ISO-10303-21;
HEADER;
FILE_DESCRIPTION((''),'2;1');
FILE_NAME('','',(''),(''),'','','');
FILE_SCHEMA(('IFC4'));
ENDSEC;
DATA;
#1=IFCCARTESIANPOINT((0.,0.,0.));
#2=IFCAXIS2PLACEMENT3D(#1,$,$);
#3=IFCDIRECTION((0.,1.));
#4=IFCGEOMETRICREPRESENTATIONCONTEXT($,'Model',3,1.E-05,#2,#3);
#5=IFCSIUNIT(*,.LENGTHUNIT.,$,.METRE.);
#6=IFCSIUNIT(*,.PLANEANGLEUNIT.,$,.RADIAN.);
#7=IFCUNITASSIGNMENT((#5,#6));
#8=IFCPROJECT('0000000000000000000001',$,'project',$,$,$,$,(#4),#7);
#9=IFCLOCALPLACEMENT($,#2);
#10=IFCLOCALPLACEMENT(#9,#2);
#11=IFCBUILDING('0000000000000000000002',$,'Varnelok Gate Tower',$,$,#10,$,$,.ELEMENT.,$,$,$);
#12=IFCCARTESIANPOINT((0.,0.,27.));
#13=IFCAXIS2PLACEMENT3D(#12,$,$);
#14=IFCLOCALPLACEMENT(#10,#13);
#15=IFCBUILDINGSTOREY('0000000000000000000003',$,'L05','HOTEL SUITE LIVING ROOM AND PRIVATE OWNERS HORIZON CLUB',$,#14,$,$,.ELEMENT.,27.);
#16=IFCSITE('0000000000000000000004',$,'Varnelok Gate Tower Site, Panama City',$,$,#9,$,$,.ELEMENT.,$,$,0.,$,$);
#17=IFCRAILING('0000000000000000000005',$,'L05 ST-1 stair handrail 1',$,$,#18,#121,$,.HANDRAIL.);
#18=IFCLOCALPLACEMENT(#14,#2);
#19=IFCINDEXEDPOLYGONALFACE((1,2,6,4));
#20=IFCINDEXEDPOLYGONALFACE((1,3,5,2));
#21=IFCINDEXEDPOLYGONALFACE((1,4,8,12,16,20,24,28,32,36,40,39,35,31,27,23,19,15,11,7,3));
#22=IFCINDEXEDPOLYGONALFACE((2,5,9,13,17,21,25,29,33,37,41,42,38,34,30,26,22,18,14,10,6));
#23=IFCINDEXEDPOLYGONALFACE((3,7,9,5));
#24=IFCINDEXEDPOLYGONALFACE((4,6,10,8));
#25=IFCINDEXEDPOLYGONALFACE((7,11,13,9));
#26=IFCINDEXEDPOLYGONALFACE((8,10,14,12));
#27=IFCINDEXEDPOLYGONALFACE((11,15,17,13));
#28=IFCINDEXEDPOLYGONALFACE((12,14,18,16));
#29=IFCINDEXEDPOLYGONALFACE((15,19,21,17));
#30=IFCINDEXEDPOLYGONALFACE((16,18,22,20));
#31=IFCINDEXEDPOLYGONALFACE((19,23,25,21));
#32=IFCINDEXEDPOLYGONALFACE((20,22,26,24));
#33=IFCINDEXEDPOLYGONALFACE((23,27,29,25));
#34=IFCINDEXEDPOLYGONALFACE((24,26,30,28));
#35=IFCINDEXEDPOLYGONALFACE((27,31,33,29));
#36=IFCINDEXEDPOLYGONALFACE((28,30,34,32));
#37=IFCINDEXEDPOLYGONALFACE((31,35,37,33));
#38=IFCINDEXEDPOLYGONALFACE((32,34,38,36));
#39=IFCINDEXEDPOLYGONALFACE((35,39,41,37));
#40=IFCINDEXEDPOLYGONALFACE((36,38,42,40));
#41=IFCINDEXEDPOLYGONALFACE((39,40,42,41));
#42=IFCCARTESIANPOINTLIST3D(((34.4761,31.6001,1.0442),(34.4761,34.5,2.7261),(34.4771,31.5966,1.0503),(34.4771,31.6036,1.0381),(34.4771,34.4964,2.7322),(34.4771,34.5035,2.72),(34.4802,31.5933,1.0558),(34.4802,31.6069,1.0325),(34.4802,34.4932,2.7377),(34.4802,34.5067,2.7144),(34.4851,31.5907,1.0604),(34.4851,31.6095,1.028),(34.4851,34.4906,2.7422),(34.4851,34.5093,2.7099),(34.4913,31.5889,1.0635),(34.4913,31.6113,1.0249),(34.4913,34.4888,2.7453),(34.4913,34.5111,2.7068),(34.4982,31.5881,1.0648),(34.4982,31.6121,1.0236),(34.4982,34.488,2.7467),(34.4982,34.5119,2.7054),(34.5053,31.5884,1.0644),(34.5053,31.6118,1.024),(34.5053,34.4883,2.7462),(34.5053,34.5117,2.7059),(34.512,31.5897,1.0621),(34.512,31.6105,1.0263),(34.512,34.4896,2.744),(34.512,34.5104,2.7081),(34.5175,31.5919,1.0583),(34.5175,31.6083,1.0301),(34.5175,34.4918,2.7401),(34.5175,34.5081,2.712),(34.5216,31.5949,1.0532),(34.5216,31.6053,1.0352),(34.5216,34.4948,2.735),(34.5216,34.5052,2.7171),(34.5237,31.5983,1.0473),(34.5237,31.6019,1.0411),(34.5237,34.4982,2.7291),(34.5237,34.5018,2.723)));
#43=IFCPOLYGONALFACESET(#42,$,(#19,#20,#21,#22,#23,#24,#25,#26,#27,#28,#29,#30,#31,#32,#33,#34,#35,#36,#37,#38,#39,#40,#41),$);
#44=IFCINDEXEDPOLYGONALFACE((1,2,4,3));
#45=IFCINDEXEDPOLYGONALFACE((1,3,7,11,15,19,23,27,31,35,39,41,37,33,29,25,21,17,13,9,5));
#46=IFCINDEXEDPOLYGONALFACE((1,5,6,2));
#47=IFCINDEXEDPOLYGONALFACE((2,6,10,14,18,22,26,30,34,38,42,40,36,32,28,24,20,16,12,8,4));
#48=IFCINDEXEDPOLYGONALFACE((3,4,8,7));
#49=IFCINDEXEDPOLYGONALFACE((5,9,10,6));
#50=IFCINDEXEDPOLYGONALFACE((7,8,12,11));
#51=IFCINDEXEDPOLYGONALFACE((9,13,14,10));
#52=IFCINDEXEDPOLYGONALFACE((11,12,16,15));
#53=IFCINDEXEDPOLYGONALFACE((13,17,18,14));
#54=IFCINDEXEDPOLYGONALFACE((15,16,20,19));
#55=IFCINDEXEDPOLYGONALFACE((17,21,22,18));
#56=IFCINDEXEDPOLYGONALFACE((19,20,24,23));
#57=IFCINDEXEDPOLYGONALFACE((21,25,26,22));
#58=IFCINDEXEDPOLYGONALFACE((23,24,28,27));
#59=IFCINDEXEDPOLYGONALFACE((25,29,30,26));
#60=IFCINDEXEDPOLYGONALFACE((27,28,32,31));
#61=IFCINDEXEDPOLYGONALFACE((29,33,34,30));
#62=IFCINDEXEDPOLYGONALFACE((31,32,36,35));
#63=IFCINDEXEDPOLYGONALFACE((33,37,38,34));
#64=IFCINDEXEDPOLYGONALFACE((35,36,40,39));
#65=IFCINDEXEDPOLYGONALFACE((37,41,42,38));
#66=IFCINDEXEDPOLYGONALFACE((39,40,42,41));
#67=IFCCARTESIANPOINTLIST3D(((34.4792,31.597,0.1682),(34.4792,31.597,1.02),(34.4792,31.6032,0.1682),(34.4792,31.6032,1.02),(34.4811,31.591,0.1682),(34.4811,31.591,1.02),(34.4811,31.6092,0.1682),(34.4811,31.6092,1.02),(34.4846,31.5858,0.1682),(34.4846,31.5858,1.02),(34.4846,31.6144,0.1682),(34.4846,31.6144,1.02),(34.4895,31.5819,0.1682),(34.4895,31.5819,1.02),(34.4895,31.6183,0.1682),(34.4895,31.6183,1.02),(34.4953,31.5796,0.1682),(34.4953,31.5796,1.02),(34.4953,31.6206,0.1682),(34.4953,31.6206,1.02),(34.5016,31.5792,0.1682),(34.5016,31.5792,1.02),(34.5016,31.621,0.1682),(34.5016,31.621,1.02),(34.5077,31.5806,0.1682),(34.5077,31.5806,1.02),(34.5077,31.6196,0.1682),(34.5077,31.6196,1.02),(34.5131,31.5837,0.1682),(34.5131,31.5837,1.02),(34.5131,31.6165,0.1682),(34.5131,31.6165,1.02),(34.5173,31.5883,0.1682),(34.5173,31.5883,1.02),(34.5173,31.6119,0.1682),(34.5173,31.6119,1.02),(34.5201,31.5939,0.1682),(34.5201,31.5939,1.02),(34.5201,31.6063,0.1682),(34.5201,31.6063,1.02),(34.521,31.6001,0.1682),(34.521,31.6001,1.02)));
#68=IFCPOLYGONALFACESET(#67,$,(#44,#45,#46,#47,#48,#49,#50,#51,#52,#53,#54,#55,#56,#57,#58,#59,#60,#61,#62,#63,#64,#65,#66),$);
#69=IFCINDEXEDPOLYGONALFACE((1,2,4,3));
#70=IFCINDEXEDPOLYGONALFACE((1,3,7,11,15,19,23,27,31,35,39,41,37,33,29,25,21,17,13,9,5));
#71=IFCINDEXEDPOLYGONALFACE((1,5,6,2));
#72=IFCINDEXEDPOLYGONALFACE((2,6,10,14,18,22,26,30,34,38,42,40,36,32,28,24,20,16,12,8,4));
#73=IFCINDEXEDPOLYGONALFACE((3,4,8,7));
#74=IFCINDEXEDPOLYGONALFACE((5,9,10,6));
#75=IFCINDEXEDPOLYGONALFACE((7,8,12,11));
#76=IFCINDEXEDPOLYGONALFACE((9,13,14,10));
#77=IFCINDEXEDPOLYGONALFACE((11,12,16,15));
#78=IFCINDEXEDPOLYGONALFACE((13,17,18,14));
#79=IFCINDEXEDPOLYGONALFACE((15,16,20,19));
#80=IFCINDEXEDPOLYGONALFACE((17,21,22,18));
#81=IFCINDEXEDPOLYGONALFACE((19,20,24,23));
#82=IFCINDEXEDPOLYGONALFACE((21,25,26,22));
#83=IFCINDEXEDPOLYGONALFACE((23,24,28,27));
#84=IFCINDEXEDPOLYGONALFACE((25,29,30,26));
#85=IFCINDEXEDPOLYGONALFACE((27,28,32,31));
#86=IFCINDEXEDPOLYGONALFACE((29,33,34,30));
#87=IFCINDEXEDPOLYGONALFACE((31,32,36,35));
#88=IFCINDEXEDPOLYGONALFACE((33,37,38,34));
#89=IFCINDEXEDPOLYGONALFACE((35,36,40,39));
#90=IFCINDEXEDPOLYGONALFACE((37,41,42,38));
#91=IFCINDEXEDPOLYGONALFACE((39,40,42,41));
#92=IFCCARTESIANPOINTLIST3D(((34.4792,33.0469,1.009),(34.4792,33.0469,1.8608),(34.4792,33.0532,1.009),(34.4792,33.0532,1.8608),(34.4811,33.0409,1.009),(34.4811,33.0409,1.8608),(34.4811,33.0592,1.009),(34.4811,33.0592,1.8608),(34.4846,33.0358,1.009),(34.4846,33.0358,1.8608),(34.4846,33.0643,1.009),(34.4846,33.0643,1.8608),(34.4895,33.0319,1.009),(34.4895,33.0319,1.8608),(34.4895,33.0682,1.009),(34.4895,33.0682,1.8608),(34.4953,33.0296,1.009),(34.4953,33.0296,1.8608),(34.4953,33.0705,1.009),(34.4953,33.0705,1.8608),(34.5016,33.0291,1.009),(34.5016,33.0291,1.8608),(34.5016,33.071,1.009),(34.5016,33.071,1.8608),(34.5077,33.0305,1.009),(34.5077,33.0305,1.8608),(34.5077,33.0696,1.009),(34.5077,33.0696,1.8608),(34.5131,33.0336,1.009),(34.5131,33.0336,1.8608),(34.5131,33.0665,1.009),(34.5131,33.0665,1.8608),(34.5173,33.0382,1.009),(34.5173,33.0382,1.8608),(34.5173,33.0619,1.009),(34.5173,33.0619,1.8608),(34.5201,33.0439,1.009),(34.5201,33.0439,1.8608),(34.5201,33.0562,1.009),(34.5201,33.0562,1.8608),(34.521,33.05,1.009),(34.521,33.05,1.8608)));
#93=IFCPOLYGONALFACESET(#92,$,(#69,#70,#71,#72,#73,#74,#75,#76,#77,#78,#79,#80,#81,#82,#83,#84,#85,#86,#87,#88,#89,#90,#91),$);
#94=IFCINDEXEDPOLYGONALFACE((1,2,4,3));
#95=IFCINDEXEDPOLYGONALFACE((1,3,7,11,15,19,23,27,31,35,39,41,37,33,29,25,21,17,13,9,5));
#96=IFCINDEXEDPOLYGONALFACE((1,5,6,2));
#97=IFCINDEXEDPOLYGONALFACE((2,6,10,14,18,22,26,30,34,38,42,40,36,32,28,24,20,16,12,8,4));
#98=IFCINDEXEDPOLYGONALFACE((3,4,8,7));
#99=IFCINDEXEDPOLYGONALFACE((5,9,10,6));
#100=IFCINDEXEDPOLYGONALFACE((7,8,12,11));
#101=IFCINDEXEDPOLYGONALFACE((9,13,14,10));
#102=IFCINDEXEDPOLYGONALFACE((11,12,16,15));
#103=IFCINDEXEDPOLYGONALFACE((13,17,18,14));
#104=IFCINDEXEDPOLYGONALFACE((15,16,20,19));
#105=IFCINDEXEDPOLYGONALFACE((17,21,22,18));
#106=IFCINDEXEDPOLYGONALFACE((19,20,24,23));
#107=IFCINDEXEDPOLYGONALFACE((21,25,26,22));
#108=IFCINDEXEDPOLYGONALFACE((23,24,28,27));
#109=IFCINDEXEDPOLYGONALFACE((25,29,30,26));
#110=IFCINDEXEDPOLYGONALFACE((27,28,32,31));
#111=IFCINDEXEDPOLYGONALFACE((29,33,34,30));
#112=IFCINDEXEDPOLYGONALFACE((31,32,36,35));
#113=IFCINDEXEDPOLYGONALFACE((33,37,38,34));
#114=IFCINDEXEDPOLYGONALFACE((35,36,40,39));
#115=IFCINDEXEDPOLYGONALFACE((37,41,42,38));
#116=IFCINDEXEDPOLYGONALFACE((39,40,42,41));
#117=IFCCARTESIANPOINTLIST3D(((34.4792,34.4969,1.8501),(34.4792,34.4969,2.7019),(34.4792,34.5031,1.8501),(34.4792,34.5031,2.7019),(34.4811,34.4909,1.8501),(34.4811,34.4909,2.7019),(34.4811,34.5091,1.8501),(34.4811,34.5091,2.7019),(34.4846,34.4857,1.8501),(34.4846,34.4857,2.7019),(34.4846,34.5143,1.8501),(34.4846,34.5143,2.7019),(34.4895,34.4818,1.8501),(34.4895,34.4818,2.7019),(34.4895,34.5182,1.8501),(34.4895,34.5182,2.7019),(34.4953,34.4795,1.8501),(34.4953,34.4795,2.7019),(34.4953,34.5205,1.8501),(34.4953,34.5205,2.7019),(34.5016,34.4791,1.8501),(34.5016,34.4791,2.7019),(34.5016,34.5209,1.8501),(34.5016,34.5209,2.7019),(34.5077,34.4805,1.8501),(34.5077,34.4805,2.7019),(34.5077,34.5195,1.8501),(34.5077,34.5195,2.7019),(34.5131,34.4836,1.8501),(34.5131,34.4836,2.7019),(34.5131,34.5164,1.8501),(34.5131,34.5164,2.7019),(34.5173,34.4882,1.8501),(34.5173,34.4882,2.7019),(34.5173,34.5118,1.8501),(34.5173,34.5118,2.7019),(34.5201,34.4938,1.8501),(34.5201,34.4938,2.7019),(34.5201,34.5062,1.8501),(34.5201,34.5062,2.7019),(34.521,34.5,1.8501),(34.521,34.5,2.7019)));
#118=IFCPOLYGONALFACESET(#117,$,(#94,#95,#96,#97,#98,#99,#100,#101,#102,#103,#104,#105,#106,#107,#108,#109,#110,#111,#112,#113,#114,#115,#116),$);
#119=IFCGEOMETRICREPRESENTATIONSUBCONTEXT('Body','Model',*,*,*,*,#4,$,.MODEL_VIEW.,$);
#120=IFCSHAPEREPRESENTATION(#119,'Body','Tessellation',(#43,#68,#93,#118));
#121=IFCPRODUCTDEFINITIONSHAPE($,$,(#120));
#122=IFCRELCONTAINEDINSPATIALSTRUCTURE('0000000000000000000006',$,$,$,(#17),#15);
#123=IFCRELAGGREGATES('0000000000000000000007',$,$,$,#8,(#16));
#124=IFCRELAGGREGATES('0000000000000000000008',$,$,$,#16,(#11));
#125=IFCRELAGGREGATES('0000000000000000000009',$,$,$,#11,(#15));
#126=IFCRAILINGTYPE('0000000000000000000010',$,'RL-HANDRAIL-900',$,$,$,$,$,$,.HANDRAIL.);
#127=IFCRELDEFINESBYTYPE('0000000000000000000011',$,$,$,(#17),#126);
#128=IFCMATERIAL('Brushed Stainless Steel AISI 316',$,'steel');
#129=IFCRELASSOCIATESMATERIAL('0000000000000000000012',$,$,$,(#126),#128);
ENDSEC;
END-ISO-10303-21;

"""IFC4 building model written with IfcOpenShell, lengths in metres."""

from ifc_helpers import new_model, si_unit, direction, frame, origin, origin_2d, place, context, subcontext, project, spatial, circle, extrude, material, type_object, element, save


model = new_model("IFC4")

# Units and contexts
model_context = context("Model", 3, precision=1e-05, world=origin(), true_north=direction((0.0, 1.0)))
body_context = subcontext(model_context, "Body", "Model", "MODEL_VIEW")
ifc_project = project(units=[si_unit("LENGTHUNIT", "METRE"), si_unit("PLANEANGLEUNIT", "RADIAN")], contexts=[model_context])

# Site, building, storey
site_placement = place(None, origin())
site = spatial("IfcSite", under=ifc_project, at=site_placement, Name="Varnelok Gate Tower Site, Panama City", CompositionType="ELEMENT", RefElevation=0.0)
building_placement = place(site_placement, origin())
building = spatial("IfcBuilding", under=site, at=building_placement, Name="Varnelok Gate Tower", CompositionType="ELEMENT")
storey_placement = place(building_placement, frame((0.0, 0.0, 27.0)))
storey = spatial("IfcBuildingStorey", under=building, at=storey_placement, Name="L05", Description="HOTEL SUITE LIVING ROOM AND PRIVATE OWNERS HORIZON CLUB", CompositionType="ELEMENT", Elevation=27.0)

# Railing
ifc_material_1 = material(Name="Brushed Stainless Steel AISI 316", Category="steel")
railing_type_1 = type_object("IfcRailingType", Name="RL-HANDRAIL-900", PredefinedType="HANDRAIL", material=ifc_material_1)
railing_1_placement = place(storey_placement, frame((34.5, 31.6001, 0.1682)))
element("IfcRailing", 1, at=railing_1_placement, inside=storey, type_object=railing_type_1, Name="L05 ST-1 stair handrail 1", PredefinedType="HANDRAIL", context=body_context, shape_type="SweptSolid", body=[
    extrude(circle(Radius=0.0239, at=origin_2d()), frame((0.0, 0.0, 0.876), z_axis=(0.0, 0.865039, 0.501705), x_axis=(-1.0, 0.0, 0.0)), (0.0, 0.0, 1.0), 3.3523),
    extrude(circle(Radius=0.021, at=origin_2d()), origin(), (0.0, 0.0, 1.0), 0.8518),
    extrude(circle(Radius=0.021, at=origin_2d()), frame((0.0, 1.45, 0.8408)), (0.0, 0.0, 1.0), 0.8518),
    extrude(circle(Radius=0.021, at=origin_2d()), frame((0.0, 2.8999, 1.6819)), (0.0, 0.0, 1.0), 0.8518),
])

save(model, "model.ifc")
